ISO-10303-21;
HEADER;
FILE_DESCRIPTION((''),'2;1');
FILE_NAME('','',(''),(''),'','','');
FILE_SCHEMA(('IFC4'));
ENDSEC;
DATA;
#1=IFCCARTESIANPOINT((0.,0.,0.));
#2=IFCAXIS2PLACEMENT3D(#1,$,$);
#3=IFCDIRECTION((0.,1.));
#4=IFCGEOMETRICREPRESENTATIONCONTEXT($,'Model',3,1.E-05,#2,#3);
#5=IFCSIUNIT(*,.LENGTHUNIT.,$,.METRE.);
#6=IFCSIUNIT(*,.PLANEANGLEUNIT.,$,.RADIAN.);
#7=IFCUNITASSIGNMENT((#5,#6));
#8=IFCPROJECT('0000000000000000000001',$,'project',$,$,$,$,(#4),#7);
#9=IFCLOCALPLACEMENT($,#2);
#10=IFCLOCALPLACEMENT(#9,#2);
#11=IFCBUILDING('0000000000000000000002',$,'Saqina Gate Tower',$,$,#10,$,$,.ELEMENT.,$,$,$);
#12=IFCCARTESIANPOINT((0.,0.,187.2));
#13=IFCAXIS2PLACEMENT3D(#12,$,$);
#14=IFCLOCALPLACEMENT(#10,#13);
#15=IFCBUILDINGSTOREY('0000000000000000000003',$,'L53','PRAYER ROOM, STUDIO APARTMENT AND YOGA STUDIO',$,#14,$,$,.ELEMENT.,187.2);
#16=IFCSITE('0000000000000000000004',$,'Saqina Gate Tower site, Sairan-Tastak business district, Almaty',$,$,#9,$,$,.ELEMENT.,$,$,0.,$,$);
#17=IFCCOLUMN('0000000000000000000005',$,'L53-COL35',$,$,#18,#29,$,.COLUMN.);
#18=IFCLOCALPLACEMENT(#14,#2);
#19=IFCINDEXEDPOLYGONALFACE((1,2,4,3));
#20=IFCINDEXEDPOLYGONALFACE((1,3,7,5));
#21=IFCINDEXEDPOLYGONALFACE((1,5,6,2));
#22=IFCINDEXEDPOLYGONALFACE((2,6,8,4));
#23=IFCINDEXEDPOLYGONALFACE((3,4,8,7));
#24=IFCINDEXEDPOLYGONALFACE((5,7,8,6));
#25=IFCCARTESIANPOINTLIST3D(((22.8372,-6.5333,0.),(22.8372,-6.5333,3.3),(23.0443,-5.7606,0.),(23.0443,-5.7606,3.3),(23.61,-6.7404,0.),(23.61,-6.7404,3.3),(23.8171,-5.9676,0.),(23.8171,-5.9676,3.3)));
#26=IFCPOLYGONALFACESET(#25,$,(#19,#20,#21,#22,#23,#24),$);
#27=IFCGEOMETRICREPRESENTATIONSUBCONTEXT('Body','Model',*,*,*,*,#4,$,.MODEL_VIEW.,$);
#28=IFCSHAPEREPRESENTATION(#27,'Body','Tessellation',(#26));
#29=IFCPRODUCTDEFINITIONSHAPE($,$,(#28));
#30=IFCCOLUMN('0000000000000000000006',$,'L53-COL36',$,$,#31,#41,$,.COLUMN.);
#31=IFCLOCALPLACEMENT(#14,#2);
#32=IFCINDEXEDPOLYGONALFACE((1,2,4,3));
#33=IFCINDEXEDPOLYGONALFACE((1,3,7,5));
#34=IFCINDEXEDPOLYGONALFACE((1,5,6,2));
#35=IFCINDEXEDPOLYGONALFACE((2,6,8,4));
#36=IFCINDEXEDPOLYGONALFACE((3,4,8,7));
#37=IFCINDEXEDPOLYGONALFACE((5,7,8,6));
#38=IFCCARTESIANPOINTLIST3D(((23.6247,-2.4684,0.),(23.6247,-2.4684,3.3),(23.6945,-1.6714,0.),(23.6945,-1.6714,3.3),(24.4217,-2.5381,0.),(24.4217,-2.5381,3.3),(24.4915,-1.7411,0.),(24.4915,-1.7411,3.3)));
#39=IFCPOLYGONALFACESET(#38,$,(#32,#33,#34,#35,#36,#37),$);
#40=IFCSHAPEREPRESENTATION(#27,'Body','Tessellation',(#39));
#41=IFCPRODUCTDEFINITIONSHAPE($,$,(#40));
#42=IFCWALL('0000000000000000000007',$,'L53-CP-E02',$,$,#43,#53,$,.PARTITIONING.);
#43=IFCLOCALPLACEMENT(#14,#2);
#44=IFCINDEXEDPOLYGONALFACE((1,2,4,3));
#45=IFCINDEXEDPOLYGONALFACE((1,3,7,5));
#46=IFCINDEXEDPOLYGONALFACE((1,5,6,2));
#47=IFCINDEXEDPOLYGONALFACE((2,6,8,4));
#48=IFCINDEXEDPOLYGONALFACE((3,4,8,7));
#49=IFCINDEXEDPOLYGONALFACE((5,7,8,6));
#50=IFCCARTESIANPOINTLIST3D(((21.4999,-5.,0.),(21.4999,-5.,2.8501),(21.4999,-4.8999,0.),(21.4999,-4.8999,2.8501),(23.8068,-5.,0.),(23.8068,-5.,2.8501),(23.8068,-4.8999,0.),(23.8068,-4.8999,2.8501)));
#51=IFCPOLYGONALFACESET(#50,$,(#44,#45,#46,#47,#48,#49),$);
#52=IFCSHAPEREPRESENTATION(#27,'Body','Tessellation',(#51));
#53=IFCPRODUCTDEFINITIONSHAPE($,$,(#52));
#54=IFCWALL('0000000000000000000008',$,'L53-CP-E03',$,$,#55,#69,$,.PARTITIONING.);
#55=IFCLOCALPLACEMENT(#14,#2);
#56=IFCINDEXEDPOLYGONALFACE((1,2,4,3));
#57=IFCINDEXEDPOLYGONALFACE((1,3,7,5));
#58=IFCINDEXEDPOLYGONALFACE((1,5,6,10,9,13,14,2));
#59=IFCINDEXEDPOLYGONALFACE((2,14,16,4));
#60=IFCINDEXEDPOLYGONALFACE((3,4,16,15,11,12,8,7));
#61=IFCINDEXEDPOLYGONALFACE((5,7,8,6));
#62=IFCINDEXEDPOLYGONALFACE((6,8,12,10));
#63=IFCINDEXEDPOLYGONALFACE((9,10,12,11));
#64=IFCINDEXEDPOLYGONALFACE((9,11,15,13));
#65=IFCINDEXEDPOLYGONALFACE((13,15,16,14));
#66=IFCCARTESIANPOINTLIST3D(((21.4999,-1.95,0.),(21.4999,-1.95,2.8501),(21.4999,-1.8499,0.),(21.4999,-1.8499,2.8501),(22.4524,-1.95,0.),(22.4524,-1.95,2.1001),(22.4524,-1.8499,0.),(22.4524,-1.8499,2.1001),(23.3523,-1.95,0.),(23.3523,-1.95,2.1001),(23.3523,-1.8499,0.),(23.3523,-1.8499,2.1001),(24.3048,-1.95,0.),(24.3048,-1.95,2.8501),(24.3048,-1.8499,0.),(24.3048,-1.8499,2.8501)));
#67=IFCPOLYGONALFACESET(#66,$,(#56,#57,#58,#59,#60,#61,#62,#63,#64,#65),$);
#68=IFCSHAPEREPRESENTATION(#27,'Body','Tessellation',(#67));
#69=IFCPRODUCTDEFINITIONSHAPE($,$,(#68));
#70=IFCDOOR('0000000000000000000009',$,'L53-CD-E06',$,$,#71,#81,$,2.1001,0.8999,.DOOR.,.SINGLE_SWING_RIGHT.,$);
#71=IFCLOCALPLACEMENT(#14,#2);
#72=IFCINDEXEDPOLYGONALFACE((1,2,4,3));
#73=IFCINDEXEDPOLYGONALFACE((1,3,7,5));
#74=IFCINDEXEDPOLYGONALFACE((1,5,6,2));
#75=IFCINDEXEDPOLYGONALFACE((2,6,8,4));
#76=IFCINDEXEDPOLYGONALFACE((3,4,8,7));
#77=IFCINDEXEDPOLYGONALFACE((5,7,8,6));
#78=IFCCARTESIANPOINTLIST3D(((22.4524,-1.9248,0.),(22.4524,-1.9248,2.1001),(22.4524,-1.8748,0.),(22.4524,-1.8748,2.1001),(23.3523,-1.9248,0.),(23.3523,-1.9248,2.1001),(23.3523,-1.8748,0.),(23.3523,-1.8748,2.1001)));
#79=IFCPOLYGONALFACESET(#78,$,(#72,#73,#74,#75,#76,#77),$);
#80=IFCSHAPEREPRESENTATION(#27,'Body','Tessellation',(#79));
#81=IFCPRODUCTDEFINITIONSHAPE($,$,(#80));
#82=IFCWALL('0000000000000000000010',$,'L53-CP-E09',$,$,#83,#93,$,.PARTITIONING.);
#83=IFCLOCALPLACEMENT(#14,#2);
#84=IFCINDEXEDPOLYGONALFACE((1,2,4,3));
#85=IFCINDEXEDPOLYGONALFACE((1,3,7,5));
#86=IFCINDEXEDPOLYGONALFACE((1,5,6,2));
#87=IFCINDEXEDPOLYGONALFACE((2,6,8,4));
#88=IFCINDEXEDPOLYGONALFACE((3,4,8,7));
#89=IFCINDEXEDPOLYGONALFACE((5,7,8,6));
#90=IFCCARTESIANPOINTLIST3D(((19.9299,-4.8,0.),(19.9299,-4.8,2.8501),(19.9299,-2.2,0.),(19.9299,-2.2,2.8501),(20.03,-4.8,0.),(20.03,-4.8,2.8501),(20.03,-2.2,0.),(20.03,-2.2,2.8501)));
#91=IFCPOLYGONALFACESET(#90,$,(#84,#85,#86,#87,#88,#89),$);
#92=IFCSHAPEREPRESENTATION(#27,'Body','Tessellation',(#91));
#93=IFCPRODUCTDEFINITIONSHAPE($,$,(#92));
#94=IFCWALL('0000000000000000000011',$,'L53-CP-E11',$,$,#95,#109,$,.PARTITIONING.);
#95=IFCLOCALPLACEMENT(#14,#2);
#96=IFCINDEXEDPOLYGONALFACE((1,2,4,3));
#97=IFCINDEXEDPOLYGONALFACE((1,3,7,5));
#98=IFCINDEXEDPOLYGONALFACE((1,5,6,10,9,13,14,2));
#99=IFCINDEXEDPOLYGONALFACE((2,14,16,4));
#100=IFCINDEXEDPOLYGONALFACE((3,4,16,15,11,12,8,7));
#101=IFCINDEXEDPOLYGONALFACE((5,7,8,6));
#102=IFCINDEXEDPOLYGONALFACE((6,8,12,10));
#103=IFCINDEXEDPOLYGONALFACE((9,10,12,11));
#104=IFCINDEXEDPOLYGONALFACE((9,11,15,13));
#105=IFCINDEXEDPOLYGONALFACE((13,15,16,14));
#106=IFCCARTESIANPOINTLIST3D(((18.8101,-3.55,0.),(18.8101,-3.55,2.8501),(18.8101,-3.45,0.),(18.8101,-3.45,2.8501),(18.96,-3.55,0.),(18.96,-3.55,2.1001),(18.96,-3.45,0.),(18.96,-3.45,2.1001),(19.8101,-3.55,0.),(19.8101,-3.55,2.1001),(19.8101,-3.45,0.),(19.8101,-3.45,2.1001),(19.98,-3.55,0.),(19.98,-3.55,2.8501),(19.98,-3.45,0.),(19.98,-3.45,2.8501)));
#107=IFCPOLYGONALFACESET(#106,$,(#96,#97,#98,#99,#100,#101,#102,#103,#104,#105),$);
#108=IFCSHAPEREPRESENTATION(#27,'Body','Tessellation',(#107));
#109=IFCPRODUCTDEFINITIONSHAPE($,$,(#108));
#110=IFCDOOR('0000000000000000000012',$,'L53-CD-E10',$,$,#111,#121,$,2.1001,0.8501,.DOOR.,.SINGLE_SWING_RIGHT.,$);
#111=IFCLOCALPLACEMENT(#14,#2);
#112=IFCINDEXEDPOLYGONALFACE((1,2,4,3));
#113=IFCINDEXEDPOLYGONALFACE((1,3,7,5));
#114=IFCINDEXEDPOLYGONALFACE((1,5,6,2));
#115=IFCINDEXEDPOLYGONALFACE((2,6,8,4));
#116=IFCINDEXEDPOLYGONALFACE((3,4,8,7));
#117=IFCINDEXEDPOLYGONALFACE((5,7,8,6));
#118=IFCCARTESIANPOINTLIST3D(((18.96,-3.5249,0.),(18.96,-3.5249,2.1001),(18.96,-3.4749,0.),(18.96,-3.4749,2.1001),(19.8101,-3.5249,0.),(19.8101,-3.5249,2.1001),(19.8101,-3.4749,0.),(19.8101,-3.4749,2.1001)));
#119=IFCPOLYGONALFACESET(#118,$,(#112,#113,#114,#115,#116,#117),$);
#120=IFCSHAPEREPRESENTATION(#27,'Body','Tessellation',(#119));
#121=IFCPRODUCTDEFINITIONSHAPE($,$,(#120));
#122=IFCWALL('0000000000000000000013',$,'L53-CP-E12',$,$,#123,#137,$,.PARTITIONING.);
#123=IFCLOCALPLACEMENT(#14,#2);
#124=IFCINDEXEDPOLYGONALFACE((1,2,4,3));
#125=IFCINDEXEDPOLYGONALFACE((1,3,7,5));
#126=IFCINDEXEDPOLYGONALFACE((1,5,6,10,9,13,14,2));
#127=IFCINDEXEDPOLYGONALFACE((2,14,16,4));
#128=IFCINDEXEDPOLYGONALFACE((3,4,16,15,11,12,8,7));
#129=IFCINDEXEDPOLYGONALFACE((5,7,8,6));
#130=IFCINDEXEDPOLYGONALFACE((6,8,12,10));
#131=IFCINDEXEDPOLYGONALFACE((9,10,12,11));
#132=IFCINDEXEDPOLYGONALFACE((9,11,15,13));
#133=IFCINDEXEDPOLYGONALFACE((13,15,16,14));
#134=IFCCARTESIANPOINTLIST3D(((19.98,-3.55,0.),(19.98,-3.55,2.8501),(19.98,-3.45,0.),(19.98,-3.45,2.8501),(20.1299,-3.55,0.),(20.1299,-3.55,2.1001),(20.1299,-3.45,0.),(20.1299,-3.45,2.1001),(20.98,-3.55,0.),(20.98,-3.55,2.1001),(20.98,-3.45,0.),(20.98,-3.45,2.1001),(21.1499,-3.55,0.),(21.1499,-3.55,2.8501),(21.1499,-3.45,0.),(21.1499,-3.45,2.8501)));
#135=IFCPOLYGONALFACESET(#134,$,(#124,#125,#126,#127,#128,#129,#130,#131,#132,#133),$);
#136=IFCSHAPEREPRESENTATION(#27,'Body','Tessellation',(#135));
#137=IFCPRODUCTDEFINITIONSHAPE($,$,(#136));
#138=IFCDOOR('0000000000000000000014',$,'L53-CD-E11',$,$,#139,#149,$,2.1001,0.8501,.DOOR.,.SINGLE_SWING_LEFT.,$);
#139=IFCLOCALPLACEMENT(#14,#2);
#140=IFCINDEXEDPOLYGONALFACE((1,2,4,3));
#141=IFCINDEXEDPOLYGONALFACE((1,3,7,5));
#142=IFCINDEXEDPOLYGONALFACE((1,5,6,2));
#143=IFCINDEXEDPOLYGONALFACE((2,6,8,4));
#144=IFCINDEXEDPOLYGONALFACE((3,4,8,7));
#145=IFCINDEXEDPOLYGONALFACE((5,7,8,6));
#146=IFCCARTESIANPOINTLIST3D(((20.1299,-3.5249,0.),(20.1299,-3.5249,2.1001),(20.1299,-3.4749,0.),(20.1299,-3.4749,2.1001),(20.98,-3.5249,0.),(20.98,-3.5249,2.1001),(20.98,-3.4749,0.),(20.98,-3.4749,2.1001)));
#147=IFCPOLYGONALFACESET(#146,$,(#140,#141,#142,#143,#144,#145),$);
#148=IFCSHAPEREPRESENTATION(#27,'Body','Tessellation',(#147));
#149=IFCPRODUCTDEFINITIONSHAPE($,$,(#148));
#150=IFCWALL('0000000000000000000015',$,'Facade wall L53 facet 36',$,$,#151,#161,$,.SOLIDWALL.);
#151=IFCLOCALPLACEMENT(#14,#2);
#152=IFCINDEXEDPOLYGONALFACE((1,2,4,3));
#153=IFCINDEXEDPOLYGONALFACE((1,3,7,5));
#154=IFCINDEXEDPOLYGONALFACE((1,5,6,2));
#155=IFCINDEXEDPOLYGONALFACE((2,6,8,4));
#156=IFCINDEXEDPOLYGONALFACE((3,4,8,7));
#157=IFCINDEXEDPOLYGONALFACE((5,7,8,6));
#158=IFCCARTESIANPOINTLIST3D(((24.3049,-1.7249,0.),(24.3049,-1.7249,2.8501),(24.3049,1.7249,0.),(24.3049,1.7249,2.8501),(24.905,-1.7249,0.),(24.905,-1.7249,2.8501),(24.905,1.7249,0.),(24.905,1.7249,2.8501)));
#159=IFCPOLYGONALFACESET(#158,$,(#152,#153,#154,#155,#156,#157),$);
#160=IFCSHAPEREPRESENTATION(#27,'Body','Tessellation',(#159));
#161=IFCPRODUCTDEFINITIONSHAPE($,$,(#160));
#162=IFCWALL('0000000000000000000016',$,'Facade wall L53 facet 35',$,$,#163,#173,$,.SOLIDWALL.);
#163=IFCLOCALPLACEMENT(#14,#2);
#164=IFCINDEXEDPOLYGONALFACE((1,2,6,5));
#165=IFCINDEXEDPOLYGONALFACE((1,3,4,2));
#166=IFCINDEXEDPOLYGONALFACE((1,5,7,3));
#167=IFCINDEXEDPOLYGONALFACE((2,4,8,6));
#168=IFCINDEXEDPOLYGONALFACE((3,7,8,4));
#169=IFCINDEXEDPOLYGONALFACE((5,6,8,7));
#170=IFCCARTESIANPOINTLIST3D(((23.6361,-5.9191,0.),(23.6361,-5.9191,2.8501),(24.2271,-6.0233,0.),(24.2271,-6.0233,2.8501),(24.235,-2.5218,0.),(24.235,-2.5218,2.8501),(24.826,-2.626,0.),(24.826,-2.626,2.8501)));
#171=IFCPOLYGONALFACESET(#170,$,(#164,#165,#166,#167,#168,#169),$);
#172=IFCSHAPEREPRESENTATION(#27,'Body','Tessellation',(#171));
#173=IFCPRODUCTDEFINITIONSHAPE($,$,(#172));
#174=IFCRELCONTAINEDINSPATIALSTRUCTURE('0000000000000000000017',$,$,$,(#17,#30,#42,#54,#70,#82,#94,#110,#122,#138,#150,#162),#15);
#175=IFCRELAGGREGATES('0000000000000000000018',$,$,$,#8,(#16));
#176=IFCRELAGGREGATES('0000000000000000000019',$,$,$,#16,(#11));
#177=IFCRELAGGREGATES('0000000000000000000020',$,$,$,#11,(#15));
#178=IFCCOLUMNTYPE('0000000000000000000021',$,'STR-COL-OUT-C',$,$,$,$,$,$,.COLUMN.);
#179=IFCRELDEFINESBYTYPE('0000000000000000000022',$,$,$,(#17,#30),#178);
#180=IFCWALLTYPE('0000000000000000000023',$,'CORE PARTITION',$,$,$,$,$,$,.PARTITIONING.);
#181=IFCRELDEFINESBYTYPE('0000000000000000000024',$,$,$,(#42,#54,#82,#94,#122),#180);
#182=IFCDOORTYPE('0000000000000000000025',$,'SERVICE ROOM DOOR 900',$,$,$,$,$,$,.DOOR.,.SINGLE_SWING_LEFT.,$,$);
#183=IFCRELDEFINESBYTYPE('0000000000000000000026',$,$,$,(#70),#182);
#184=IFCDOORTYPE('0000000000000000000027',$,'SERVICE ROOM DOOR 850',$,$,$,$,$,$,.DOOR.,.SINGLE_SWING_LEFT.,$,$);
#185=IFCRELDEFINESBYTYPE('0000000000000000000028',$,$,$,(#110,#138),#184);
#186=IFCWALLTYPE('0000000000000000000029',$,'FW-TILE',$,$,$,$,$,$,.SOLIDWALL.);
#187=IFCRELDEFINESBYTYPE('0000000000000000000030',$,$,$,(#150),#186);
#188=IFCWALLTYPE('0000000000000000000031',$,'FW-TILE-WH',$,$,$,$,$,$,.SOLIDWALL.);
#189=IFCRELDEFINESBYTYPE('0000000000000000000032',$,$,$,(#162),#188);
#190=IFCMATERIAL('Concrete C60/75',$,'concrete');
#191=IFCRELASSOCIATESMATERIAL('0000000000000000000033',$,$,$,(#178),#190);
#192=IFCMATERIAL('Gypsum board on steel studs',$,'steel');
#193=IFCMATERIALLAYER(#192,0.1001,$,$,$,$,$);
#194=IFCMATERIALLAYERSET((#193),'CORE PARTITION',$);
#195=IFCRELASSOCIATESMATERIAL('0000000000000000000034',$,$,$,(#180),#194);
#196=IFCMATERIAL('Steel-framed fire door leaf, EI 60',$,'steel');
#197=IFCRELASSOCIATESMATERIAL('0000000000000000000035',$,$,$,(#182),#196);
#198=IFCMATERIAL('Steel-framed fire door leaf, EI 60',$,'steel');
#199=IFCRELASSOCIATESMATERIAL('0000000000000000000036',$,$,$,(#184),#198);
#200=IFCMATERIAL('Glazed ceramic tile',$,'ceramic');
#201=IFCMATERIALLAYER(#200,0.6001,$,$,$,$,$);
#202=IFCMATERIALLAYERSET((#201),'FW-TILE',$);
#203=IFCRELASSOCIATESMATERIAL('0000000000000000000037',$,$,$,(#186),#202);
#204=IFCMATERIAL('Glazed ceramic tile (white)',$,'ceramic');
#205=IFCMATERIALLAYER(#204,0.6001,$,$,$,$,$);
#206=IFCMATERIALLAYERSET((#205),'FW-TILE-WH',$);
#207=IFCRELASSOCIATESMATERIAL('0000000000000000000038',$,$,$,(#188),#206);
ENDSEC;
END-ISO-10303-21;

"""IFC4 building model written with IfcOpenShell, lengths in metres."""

from ifc_helpers import new_model, si_unit, direction, frame, frame_2d, origin, origin_2d, place, context, subcontext, project, spatial, rectangle, extrude, material, layer, layer_set, material_profile, profile_set, type_object, element, fill, save


model = new_model("IFC4")

# Units and contexts
model_context = context("Model", 3, precision=1e-05, world=origin(), true_north=direction((0.0, 1.0)))
body_context = subcontext(model_context, "Body", "Model", "MODEL_VIEW")
ifc_project = project(units=[si_unit("LENGTHUNIT", "METRE"), si_unit("PLANEANGLEUNIT", "RADIAN")], contexts=[model_context])

# Site, building, storey
site_placement = place(None, origin())
site = spatial("IfcSite", under=ifc_project, at=site_placement, Name="Saqina Gate Tower site, Sairan-Tastak business district, Almaty", CompositionType="ELEMENT", RefElevation=0.0)
building_placement = place(site_placement, origin())
building = spatial("IfcBuilding", under=site, at=building_placement, Name="Saqina Gate Tower", CompositionType="ELEMENT")
storey_placement = place(building_placement, frame((0.0, 0.0, 187.2)))
storey = spatial("IfcBuildingStorey", under=building, at=storey_placement, Name="L53", Description="PRAYER ROOM, STUDIO APARTMENT AND YOGA STUDIO", CompositionType="ELEMENT", Elevation=187.2)

# Columns
ifc_material_1 = material(Name="Concrete C60/75", Category="concrete")
ifc_material_profile = material_profile(ifc_material_1, rectangle(XDim=0.8, YDim=0.8, at=origin_2d()), Name="RC 800x800")
ifc_profile_set = profile_set([ifc_material_profile], Name="Concrete C60/75")
column_type = type_object("IfcColumnType", Name="STR-COL-OUT-C", PredefinedType="COLUMN", material=ifc_profile_set)
for number, where, z_axis, x_axis, name in (
    (1, (23.3271, -6.2505, 0.0), (0.0, 0.0, 1.0), (0.965926, -0.258819, 0.0), "L53-COL35"),
    (2, (24.0581, -2.1047, 0.0), (0.0, 0.0, 1.0), (0.996195, -0.087156, 0.0), "L53-COL36"),
):
    element("IfcColumn", number, at=place(storey_placement, frame(where, z_axis=z_axis, x_axis=x_axis)), inside=storey, type_object=column_type, Name=name, PredefinedType="COLUMN", context=body_context, shape_type="SweptSolid", body=[
        extrude(rectangle(XDim=0.8, YDim=0.8, at=origin_2d()), origin(), (0.0, 0.0, 1.0), 3.3),
    ])

# Wall
ifc_material_2 = material(Name="Gypsum board on steel studs", Category="steel")
ifc_layer_1 = layer(ifc_material_2, 0.1001)
ifc_layer_set_1 = layer_set([ifc_layer_1], Name="CORE PARTITION")
wall_type_1 = type_object("IfcWallType", Name="CORE PARTITION", PredefinedType="PARTITIONING", material=ifc_layer_set_1)
wall_1_placement = place(storey_placement, frame((21.5, -4.95, 0.0), z_axis=(0.0, 0.0, 1.0), x_axis=(1.0, 0.0, 0.0)))
element("IfcWall", 3, at=wall_1_placement, inside=storey, type_object=wall_type_1, Name="L53-CP-E02", PredefinedType="PARTITIONING", context=body_context, shape_type="SweptSolid", body=[
    extrude(rectangle(XDim=2.3069, YDim=0.1001, at=frame_2d((1.1533, 0.0))), origin(), (0.0, 0.0, 1.0), 2.8501),
])

# Wall, opening, door
wall_2_placement = place(storey_placement, frame((21.5, -1.8999, 0.0), z_axis=(0.0, 0.0, 1.0), x_axis=(1.0, 0.0, 0.0)))
wall_2 = element("IfcWall", 4, at=wall_2_placement, inside=storey, type_object=wall_type_1, Name="L53-CP-E03", PredefinedType="PARTITIONING", context=body_context, shape_type="SweptSolid", body=[
    extrude(rectangle(XDim=2.8049, YDim=0.1001, at=frame_2d((1.4023, 0.0))), origin(), (0.0, 0.0, 1.0), 2.8501),
])
opening_1_placement = place(wall_2_placement, frame((0.9524, 0.0, 0.0)))
opening_1 = element("IfcOpeningElement", 5, at=opening_1_placement, cuts=wall_2, PredefinedType="OPENING", context=body_context, shape_type="SweptSolid", body=[
    extrude(rectangle(XDim=0.8999, YDim=2.1001, at=frame_2d((0.45, 1.05))), frame((0.0, 0.062, 0.0), z_axis=(0.0, -1.0, 0.0), x_axis=(1.0, 0.0, 0.0)), (0.0, 0.0, 1.0), 0.124),
])
ifc_material_3 = material(Name="Steel-framed fire door leaf, EI 60", Category="steel")
door_type_1 = type_object("IfcDoorType", Name="SERVICE ROOM DOOR 900", OperationType="SINGLE_SWING_LEFT", PredefinedType="DOOR", material=ifc_material_3)
door_1_placement = place(opening_1_placement, frame((0.8999, 0.0, 0.0), z_axis=(0.0, 0.0, 1.0), x_axis=(-1.0, 0.0, 0.0)))
door_1 = element("IfcDoor", 6, at=door_1_placement, inside=storey, type_object=door_type_1, Name="L53-CD-E06", OperationType="SINGLE_SWING_RIGHT", OverallHeight=2.1001, OverallWidth=0.8999, PredefinedType="DOOR", context=body_context, shape_type="SweptSolid", body=[
    extrude(rectangle(XDim=0.8999, YDim=2.1001, at=frame_2d((0.45, 1.05))), frame((0.0, 0.0249, 0.0), z_axis=(0.0, -1.0, 0.0), x_axis=(1.0, 0.0, 0.0)), (0.0, 0.0, 1.0), 0.05),
])
fill(opening_1, door_1)

# Wall
wall_3_placement = place(storey_placement, frame((19.98, -4.8, 0.0), z_axis=(0.0, 0.0, 1.0), x_axis=(0.0, 1.0, 0.0)))
element("IfcWall", 7, at=wall_3_placement, inside=storey, type_object=wall_type_1, Name="L53-CP-E09", PredefinedType="PARTITIONING", context=body_context, shape_type="SweptSolid", body=[
    extrude(rectangle(XDim=2.6001, YDim=0.1001, at=frame_2d((1.3, 0.0))), origin(), (0.0, 0.0, 1.0), 2.8501),
])

# Walls, openings, doors
wall_4_placement = place(storey_placement, frame((18.8101, -3.5, 0.0), z_axis=(0.0, 0.0, 1.0), x_axis=(1.0, 0.0, 0.0)))
wall_4 = element("IfcWall", 8, at=wall_4_placement, inside=storey, type_object=wall_type_1, Name="L53-CP-E11", PredefinedType="PARTITIONING", context=body_context, shape_type="SweptSolid", body=[
    extrude(rectangle(XDim=1.1699, YDim=0.1001, at=frame_2d((0.585, 0.0))), origin(), (0.0, 0.0, 1.0), 2.8501),
])
opening_2_placement = place(wall_4_placement, frame((0.1499, 0.0, 0.0)))
opening_2 = element("IfcOpeningElement", 9, at=opening_2_placement, cuts=wall_4, PredefinedType="OPENING", context=body_context, shape_type="SweptSolid", body=[
    extrude(rectangle(XDim=0.8501, YDim=2.1001, at=frame_2d((0.425, 1.05))), frame((0.0, 0.062, 0.0), z_axis=(0.0, -1.0, 0.0), x_axis=(1.0, 0.0, 0.0)), (0.0, 0.0, 1.0), 0.124),
])
ifc_material_4 = material(Name="Steel-framed fire door leaf, EI 60", Category="steel")
door_type_2 = type_object("IfcDoorType", Name="SERVICE ROOM DOOR 850", OperationType="SINGLE_SWING_LEFT", PredefinedType="DOOR", material=ifc_material_4)
door_2_placement = place(opening_2_placement, frame((0.8501, 0.0, 0.0), z_axis=(0.0, 0.0, 1.0), x_axis=(-1.0, 0.0, 0.0)))
door_2 = element("IfcDoor", 10, at=door_2_placement, inside=storey, type_object=door_type_2, Name="L53-CD-E10", OperationType="SINGLE_SWING_RIGHT", OverallHeight=2.1001, OverallWidth=0.8501, PredefinedType="DOOR", context=body_context, shape_type="SweptSolid", body=[
    extrude(rectangle(XDim=0.8501, YDim=2.1001, at=frame_2d((0.425, 1.05))), frame((0.0, 0.0249, 0.0), z_axis=(0.0, -1.0, 0.0), x_axis=(1.0, 0.0, 0.0)), (0.0, 0.0, 1.0), 0.05),
])
fill(opening_2, door_2)
wall_5_placement = place(storey_placement, frame((19.98, -3.5, 0.0), z_axis=(0.0, 0.0, 1.0), x_axis=(1.0, 0.0, 0.0)))
wall_5 = element("IfcWall", 11, at=wall_5_placement, inside=storey, type_object=wall_type_1, Name="L53-CP-E12", PredefinedType="PARTITIONING", context=body_context, shape_type="SweptSolid", body=[
    extrude(rectangle(XDim=1.1699, YDim=0.1001, at=frame_2d((0.585, 0.0))), origin(), (0.0, 0.0, 1.0), 2.8501),
])
opening_3_placement = place(wall_5_placement, frame((0.1499, 0.0, 0.0)))
opening_3 = element("IfcOpeningElement", 12, at=opening_3_placement, cuts=wall_5, PredefinedType="OPENING", context=body_context, shape_type="SweptSolid", body=[
    extrude(rectangle(XDim=0.8501, YDim=2.1001, at=frame_2d((0.425, 1.05))), frame((0.0, 0.062, 0.0), z_axis=(0.0, -1.0, 0.0), x_axis=(1.0, 0.0, 0.0)), (0.0, 0.0, 1.0), 0.124),
])
door_3_placement = place(opening_3_placement, frame((0.8501, 0.0, 0.0), z_axis=(0.0, 0.0, 1.0), x_axis=(-1.0, 0.0, 0.0)))
door_3 = element("IfcDoor", 13, at=door_3_placement, inside=storey, type_object=door_type_2, Name="L53-CD-E11", OperationType="SINGLE_SWING_LEFT", OverallHeight=2.1001, OverallWidth=0.8501, PredefinedType="DOOR", context=body_context, shape_type="SweptSolid", body=[
    extrude(rectangle(XDim=0.8501, YDim=2.1001, at=frame_2d((0.425, 1.05))), frame((0.0, 0.0249, 0.0), z_axis=(0.0, -1.0, 0.0), x_axis=(1.0, 0.0, 0.0)), (0.0, 0.0, 1.0), 0.05),
])
fill(opening_3, door_3)

# Walls
ifc_material_5 = material(Name="Glazed ceramic tile", Category="ceramic")
ifc_layer_2 = layer(ifc_material_5, 0.6001)
ifc_layer_set_2 = layer_set([ifc_layer_2], Name="FW-TILE")
wall_type_2 = type_object("IfcWallType", Name="FW-TILE", PredefinedType="SOLIDWALL", material=ifc_layer_set_2)
wall_6_placement = place(storey_placement, frame((24.605, -1.7249, 0.0), z_axis=(0.0, 0.0, 1.0), x_axis=(0.0, 1.0, 0.0)))
element("IfcWall", 14, at=wall_6_placement, inside=storey, type_object=wall_type_2, Name="Facade wall L53 facet 36", PredefinedType="SOLIDWALL", context=body_context, shape_type="SweptSolid", body=[
    extrude(rectangle(XDim=3.4497, YDim=0.6001, at=frame_2d((1.7249, 0.0))), origin(), (0.0, 0.0, 1.0), 2.8501),
])
ifc_material_6 = material(Name="Glazed ceramic tile (white)", Category="ceramic")
ifc_layer_3 = layer(ifc_material_6, 0.6001)
ifc_layer_set_3 = layer_set([ifc_layer_3], Name="FW-TILE-WH")
wall_type_3 = type_object("IfcWallType", Name="FW-TILE-WH", PredefinedType="SOLIDWALL", material=ifc_layer_set_3)
wall_7_placement = place(storey_placement, frame((23.9316, -5.9712, 0.0), z_axis=(0.0, 0.0, 1.0), x_axis=(0.173608, 0.984815, 0.0)))
element("IfcWall", 15, at=wall_7_placement, inside=storey, type_object=wall_type_3, Name="Facade wall L53 facet 35", PredefinedType="SOLIDWALL", context=body_context, shape_type="SweptSolid", body=[
    extrude(rectangle(XDim=3.4497, YDim=0.6001, at=frame_2d((1.7249, 0.0))), origin(), (0.0, 0.0, 1.0), 2.8501),
])

save(model, "model.ifc")
